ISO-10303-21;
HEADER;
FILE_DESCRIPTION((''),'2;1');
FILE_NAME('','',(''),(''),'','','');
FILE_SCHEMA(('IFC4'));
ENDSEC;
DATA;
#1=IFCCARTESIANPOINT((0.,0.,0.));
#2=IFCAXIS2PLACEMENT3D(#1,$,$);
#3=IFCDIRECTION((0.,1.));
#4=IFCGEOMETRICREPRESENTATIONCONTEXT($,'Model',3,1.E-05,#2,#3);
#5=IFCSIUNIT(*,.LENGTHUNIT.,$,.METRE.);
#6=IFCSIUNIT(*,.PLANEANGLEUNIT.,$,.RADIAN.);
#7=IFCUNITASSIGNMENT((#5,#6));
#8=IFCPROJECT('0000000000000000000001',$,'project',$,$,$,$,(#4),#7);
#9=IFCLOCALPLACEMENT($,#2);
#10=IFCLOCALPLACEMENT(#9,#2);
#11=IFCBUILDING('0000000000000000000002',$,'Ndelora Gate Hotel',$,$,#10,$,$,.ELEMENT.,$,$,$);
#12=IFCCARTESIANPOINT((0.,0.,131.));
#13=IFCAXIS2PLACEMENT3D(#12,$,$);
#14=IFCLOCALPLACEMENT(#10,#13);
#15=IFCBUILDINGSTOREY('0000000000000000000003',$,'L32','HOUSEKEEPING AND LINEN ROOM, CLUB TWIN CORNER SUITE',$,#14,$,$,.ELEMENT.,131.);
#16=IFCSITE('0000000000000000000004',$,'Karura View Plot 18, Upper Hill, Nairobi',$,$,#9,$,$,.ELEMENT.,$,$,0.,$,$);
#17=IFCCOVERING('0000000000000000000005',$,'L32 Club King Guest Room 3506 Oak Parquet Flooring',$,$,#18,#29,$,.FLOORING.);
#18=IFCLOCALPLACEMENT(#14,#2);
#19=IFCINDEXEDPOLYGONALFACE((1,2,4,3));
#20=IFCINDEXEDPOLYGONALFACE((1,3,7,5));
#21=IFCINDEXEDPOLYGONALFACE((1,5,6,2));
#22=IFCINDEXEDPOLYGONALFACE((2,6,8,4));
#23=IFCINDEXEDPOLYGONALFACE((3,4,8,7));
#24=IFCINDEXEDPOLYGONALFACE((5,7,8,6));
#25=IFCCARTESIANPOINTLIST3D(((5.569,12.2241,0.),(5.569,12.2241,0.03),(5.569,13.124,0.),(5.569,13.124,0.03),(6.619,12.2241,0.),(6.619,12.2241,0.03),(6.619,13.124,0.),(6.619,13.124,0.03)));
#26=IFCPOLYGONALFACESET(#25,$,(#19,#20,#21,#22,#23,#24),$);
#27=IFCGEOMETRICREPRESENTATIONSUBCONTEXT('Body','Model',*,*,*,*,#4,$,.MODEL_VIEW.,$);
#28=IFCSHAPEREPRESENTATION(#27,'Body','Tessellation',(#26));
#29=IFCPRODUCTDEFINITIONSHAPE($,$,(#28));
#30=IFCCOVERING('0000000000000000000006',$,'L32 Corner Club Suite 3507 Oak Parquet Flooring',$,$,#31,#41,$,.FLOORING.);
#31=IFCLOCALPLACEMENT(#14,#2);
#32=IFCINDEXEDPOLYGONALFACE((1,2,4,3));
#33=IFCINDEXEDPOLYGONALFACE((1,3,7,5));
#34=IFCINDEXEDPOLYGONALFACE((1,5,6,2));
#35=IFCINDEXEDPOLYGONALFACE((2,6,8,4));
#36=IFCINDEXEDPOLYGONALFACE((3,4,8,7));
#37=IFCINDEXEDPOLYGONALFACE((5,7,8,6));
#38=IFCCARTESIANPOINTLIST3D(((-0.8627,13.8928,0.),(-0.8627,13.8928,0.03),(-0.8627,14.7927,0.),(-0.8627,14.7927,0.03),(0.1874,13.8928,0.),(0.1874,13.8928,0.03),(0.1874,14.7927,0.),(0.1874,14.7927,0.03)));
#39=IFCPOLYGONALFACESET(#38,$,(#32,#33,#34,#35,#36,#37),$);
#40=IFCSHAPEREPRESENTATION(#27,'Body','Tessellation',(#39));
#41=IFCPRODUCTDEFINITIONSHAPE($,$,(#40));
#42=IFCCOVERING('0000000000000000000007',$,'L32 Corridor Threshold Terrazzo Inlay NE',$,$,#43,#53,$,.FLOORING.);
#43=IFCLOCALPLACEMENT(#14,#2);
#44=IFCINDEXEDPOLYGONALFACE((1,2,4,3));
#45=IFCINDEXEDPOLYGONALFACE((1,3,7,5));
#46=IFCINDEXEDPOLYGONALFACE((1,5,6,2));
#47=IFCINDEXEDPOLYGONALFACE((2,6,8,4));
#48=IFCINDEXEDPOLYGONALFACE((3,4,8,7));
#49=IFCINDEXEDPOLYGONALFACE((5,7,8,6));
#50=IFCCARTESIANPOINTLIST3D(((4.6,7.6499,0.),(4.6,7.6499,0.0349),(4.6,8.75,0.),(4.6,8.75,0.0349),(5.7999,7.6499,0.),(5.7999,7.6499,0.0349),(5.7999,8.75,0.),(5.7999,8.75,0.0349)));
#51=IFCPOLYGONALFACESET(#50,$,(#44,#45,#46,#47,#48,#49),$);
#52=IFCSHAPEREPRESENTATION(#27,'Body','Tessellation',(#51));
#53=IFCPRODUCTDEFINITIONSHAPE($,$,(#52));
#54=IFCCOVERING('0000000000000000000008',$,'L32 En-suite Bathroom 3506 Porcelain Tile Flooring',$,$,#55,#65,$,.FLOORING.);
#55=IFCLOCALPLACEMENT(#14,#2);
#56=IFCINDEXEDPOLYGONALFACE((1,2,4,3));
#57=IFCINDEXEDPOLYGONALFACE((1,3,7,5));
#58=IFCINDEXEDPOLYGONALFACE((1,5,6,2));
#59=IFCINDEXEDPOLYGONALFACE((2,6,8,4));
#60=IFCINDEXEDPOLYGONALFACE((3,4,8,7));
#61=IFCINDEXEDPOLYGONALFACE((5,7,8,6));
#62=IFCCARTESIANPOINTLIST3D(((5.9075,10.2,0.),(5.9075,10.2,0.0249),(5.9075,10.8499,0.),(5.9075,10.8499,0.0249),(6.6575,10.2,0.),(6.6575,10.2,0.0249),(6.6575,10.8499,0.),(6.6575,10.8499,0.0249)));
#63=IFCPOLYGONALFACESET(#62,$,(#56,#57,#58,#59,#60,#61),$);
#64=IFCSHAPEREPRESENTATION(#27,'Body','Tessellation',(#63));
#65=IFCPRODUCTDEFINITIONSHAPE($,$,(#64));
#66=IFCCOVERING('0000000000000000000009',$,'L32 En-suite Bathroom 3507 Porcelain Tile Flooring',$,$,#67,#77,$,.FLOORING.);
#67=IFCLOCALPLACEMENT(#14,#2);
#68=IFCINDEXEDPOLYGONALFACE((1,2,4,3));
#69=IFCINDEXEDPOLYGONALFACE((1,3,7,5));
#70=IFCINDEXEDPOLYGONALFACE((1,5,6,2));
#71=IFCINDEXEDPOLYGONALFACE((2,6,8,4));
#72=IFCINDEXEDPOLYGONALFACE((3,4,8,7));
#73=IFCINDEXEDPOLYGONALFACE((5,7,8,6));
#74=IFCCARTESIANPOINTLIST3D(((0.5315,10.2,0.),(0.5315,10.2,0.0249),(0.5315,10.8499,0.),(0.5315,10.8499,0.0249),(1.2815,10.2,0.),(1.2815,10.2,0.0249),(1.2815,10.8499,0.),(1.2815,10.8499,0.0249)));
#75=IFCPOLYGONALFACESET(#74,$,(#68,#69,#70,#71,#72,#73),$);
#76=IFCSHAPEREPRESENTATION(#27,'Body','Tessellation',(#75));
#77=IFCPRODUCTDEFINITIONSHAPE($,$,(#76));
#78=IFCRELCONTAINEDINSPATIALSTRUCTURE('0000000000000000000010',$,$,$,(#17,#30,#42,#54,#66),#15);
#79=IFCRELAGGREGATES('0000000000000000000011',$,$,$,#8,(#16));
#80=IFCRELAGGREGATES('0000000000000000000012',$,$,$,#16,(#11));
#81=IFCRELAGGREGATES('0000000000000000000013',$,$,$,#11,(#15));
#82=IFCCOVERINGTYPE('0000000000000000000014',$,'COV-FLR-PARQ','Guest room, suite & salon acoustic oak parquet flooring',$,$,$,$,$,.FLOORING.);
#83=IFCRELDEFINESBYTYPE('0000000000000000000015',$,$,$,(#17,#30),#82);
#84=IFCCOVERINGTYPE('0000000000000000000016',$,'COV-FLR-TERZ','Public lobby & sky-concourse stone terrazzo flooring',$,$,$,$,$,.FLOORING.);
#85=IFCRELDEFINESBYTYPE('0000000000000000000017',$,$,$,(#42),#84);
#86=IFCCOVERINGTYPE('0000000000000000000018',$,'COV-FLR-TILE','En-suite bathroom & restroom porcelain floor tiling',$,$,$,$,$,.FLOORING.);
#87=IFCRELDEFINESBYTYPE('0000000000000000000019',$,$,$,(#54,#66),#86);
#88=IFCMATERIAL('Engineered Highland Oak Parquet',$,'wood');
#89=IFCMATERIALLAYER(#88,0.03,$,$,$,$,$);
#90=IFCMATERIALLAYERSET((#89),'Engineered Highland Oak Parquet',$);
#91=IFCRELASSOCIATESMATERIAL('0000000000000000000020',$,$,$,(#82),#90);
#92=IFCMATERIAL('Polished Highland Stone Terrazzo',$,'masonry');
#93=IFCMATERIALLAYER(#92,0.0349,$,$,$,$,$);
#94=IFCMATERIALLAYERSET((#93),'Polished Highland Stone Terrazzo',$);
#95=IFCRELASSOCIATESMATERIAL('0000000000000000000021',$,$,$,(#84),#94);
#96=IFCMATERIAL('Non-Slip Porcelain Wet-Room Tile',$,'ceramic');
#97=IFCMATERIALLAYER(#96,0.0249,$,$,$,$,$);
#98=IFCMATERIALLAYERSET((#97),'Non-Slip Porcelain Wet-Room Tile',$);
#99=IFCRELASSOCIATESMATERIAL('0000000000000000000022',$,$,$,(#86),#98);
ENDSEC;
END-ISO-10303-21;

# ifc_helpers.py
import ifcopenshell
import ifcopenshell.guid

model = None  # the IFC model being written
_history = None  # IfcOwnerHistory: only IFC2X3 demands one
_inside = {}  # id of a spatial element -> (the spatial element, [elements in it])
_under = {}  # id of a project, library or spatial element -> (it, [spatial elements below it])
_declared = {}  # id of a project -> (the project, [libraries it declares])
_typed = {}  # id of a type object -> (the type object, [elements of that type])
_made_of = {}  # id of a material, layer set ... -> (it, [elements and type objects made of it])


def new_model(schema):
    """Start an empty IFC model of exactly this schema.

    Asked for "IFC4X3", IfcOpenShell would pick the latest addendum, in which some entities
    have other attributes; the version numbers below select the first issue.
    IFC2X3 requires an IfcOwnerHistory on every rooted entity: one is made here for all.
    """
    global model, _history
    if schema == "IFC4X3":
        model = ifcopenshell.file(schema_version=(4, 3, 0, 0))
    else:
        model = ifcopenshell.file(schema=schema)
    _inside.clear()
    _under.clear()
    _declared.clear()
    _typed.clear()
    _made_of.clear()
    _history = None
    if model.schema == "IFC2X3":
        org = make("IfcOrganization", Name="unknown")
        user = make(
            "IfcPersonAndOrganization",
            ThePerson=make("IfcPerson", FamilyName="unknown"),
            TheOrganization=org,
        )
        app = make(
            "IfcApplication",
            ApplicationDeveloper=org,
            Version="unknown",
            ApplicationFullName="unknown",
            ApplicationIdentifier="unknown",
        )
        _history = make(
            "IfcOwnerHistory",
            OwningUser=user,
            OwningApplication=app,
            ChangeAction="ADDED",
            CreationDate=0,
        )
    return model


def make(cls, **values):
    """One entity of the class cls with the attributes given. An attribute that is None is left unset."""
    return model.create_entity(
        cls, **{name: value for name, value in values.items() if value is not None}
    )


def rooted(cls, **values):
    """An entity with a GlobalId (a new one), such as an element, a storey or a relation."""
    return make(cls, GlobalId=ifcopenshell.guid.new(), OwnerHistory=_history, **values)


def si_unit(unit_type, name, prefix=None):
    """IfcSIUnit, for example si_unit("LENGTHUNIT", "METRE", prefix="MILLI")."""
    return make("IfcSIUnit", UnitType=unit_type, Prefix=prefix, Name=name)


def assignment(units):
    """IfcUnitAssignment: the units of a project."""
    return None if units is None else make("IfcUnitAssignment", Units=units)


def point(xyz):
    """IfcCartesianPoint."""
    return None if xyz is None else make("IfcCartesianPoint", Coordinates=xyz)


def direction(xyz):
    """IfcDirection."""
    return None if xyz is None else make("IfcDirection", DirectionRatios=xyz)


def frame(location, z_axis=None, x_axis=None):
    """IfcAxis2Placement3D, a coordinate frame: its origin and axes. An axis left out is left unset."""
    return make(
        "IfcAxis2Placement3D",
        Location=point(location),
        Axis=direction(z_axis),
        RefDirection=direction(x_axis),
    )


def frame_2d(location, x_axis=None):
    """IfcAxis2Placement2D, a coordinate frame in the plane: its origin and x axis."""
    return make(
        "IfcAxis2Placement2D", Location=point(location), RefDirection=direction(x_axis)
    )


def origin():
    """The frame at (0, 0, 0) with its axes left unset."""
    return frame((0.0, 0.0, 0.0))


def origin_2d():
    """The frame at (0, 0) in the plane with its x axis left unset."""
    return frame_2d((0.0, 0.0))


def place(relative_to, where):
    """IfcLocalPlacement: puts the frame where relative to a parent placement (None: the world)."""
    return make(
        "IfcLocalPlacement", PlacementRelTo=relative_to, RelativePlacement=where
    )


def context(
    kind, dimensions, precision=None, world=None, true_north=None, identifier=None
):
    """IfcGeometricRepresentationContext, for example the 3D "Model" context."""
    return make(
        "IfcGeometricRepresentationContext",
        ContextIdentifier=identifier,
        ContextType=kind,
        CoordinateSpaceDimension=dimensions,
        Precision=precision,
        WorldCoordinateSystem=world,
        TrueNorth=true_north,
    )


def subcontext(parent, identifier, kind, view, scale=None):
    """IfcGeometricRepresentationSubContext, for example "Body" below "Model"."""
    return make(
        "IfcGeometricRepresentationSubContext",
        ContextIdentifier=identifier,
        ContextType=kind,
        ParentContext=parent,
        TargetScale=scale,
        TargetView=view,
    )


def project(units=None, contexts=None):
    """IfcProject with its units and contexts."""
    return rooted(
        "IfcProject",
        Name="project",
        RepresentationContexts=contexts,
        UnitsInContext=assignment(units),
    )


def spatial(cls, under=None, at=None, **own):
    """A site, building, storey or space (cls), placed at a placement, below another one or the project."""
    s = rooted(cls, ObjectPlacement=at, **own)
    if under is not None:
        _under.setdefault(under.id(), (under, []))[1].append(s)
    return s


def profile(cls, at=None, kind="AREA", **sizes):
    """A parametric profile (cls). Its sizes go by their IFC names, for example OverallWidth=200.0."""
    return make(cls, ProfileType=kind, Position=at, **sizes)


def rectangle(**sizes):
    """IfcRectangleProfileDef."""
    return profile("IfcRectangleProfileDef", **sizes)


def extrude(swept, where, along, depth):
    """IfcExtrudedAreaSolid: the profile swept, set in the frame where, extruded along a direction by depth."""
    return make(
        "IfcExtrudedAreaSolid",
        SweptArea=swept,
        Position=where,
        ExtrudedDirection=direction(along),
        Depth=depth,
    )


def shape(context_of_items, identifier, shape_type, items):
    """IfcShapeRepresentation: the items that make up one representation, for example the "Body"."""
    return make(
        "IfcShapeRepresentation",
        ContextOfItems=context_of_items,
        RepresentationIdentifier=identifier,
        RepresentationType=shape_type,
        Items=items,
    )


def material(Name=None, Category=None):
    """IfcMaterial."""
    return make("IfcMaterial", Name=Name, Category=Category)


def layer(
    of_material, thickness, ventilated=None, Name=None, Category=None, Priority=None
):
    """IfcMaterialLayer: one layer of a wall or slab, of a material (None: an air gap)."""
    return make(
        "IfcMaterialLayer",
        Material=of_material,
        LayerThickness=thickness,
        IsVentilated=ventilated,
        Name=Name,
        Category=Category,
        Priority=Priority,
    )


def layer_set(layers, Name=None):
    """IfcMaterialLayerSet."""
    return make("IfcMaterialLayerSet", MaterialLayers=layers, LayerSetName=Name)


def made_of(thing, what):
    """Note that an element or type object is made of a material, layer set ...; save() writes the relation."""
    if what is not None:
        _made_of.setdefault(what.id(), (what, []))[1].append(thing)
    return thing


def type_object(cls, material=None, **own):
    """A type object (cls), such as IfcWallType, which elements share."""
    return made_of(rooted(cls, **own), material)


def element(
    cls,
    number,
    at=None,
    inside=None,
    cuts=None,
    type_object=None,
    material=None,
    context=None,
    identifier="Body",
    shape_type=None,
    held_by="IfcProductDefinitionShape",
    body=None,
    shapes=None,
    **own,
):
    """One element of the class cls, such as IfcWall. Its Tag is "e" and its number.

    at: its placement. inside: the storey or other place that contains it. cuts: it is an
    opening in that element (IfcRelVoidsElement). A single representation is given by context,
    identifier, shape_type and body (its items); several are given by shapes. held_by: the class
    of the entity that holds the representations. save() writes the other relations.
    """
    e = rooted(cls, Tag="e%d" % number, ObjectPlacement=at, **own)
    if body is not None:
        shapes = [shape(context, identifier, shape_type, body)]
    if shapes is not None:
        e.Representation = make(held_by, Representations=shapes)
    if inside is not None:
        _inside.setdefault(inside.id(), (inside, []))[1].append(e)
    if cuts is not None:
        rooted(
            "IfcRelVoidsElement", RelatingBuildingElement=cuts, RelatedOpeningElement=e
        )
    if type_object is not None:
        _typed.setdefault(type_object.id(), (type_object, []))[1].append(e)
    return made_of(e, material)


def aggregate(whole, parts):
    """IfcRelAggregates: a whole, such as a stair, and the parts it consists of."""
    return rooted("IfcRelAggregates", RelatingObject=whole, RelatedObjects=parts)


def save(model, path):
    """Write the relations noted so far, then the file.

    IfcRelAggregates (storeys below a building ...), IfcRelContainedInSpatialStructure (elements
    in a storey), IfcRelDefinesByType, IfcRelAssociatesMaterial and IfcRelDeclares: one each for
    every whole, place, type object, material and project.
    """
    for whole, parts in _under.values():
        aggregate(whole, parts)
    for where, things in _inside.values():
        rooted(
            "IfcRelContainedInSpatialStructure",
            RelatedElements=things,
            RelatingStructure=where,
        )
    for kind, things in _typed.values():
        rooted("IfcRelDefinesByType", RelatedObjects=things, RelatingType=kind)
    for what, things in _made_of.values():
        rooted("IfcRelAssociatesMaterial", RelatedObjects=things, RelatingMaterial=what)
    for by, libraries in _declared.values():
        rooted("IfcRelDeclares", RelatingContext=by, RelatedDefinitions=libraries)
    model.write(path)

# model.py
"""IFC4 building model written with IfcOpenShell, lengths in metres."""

from ifc_helpers import new_model, si_unit, direction, frame, origin, origin_2d, place, context, subcontext, project, spatial, rectangle, extrude, material, layer, layer_set, type_object, element, save


model = new_model("IFC4")

# Units and contexts
model_context = context("Model", 3, precision=1e-05, world=origin(), true_north=direction((0.0, 1.0)))
body_context = subcontext(model_context, "Body", "Model", "MODEL_VIEW")
ifc_project = project(units=[si_unit("LENGTHUNIT", "METRE"), si_unit("PLANEANGLEUNIT", "RADIAN")], contexts=[model_context])

# Site, building, storey
site_placement = place(None, origin())
site = spatial("IfcSite", under=ifc_project, at=site_placement, Name="Karura View Plot 18, Upper Hill, Nairobi", CompositionType="ELEMENT", RefElevation=0.0)
building_placement = place(site_placement, origin())
building = spatial("IfcBuilding", under=site, at=building_placement, Name="Ndelora Gate Hotel", CompositionType="ELEMENT")
storey_placement = place(building_placement, frame((0.0, 0.0, 131.0)))
storey = spatial("IfcBuildingStorey", under=building, at=storey_placement, Name="L32", Description="HOUSEKEEPING AND LINEN ROOM, CLUB TWIN CORNER SUITE", CompositionType="ELEMENT", Elevation=131.0)

# Coverings
ifc_material_1 = material(Name="Engineered Highland Oak Parquet", Category="wood")
ifc_layer_1 = layer(ifc_material_1, 0.03)
ifc_layer_set_1 = layer_set([ifc_layer_1], Name="Engineered Highland Oak Parquet")
covering_type_1 = type_object("IfcCoveringType", Name="COV-FLR-PARQ", Description="Guest room, suite & salon acoustic oak parquet flooring", PredefinedType="FLOORING", material=ifc_layer_set_1)
for number, where, z_axis, x_axis, name in (
    (1, (6.094, 12.6741, 0.0), (0.0, 0.0, 1.0), (1.0, 0.0, 0.0), "L32 Club King Guest Room 3506 Oak Parquet Flooring"),
    (2, (-0.3376, 14.3428, 0.0), (0.0, 0.0, 1.0), (1.0, 0.0, 0.0), "L32 Corner Club Suite 3507 Oak Parquet Flooring"),
):
    element("IfcCovering", number, at=place(storey_placement, frame(where, z_axis=z_axis, x_axis=x_axis)), inside=storey, type_object=covering_type_1, Name=name, PredefinedType="FLOORING", context=body_context, shape_type="SweptSolid", body=[
        extrude(rectangle(XDim=1.05, YDim=0.8999, at=origin_2d()), origin(), (0.0, 0.0, 1.0), 0.03),
    ])
ifc_material_2 = material(Name="Polished Highland Stone Terrazzo", Category="masonry")
ifc_layer_2 = layer(ifc_material_2, 0.0349)
ifc_layer_set_2 = layer_set([ifc_layer_2], Name="Polished Highland Stone Terrazzo")
covering_type_2 = type_object("IfcCoveringType", Name="COV-FLR-TERZ", Description="Public lobby & sky-concourse stone terrazzo flooring", PredefinedType="FLOORING", material=ifc_layer_set_2)
covering_1_placement = place(storey_placement, frame((5.2, 8.2, 0.0), z_axis=(0.0, 0.0, 1.0), x_axis=(1.0, 0.0, 0.0)))
element("IfcCovering", 3, at=covering_1_placement, inside=storey, type_object=covering_type_2, Name="L32 Corridor Threshold Terrazzo Inlay NE", PredefinedType="FLOORING", context=body_context, shape_type="SweptSolid", body=[
    extrude(rectangle(XDim=1.2, YDim=1.1001, at=origin_2d()), origin(), (0.0, 0.0, 1.0), 0.0349),
])
ifc_material_3 = material(Name="Non-Slip Porcelain Wet-Room Tile", Category="ceramic")
ifc_layer_3 = layer(ifc_material_3, 0.0249)
ifc_layer_set_3 = layer_set([ifc_layer_3], Name="Non-Slip Porcelain Wet-Room Tile")
covering_type_3 = type_object("IfcCoveringType", Name="COV-FLR-TILE", Description="En-suite bathroom & restroom porcelain floor tiling", PredefinedType="FLOORING", material=ifc_layer_set_3)
for number, where, z_axis, x_axis, name in (
    (4, (6.2825, 10.5249, 0.0), (0.0, 0.0, 1.0), (1.0, 0.0, 0.0), "L32 En-suite Bathroom 3506 Porcelain Tile Flooring"),
    (5, (0.9065, 10.5249, 0.0), (0.0, 0.0, 1.0), (1.0, 0.0, 0.0), "L32 En-suite Bathroom 3507 Porcelain Tile Flooring"),
):
    element("IfcCovering", number, at=place(storey_placement, frame(where, z_axis=z_axis, x_axis=x_axis)), inside=storey, type_object=covering_type_3, Name=name, PredefinedType="FLOORING", context=body_context, shape_type="SweptSolid", body=[
        extrude(rectangle(XDim=0.75, YDim=0.6499, at=origin_2d()), origin(), (0.0, 0.0, 1.0), 0.0249),
    ])

save(model, "model.ifc")
